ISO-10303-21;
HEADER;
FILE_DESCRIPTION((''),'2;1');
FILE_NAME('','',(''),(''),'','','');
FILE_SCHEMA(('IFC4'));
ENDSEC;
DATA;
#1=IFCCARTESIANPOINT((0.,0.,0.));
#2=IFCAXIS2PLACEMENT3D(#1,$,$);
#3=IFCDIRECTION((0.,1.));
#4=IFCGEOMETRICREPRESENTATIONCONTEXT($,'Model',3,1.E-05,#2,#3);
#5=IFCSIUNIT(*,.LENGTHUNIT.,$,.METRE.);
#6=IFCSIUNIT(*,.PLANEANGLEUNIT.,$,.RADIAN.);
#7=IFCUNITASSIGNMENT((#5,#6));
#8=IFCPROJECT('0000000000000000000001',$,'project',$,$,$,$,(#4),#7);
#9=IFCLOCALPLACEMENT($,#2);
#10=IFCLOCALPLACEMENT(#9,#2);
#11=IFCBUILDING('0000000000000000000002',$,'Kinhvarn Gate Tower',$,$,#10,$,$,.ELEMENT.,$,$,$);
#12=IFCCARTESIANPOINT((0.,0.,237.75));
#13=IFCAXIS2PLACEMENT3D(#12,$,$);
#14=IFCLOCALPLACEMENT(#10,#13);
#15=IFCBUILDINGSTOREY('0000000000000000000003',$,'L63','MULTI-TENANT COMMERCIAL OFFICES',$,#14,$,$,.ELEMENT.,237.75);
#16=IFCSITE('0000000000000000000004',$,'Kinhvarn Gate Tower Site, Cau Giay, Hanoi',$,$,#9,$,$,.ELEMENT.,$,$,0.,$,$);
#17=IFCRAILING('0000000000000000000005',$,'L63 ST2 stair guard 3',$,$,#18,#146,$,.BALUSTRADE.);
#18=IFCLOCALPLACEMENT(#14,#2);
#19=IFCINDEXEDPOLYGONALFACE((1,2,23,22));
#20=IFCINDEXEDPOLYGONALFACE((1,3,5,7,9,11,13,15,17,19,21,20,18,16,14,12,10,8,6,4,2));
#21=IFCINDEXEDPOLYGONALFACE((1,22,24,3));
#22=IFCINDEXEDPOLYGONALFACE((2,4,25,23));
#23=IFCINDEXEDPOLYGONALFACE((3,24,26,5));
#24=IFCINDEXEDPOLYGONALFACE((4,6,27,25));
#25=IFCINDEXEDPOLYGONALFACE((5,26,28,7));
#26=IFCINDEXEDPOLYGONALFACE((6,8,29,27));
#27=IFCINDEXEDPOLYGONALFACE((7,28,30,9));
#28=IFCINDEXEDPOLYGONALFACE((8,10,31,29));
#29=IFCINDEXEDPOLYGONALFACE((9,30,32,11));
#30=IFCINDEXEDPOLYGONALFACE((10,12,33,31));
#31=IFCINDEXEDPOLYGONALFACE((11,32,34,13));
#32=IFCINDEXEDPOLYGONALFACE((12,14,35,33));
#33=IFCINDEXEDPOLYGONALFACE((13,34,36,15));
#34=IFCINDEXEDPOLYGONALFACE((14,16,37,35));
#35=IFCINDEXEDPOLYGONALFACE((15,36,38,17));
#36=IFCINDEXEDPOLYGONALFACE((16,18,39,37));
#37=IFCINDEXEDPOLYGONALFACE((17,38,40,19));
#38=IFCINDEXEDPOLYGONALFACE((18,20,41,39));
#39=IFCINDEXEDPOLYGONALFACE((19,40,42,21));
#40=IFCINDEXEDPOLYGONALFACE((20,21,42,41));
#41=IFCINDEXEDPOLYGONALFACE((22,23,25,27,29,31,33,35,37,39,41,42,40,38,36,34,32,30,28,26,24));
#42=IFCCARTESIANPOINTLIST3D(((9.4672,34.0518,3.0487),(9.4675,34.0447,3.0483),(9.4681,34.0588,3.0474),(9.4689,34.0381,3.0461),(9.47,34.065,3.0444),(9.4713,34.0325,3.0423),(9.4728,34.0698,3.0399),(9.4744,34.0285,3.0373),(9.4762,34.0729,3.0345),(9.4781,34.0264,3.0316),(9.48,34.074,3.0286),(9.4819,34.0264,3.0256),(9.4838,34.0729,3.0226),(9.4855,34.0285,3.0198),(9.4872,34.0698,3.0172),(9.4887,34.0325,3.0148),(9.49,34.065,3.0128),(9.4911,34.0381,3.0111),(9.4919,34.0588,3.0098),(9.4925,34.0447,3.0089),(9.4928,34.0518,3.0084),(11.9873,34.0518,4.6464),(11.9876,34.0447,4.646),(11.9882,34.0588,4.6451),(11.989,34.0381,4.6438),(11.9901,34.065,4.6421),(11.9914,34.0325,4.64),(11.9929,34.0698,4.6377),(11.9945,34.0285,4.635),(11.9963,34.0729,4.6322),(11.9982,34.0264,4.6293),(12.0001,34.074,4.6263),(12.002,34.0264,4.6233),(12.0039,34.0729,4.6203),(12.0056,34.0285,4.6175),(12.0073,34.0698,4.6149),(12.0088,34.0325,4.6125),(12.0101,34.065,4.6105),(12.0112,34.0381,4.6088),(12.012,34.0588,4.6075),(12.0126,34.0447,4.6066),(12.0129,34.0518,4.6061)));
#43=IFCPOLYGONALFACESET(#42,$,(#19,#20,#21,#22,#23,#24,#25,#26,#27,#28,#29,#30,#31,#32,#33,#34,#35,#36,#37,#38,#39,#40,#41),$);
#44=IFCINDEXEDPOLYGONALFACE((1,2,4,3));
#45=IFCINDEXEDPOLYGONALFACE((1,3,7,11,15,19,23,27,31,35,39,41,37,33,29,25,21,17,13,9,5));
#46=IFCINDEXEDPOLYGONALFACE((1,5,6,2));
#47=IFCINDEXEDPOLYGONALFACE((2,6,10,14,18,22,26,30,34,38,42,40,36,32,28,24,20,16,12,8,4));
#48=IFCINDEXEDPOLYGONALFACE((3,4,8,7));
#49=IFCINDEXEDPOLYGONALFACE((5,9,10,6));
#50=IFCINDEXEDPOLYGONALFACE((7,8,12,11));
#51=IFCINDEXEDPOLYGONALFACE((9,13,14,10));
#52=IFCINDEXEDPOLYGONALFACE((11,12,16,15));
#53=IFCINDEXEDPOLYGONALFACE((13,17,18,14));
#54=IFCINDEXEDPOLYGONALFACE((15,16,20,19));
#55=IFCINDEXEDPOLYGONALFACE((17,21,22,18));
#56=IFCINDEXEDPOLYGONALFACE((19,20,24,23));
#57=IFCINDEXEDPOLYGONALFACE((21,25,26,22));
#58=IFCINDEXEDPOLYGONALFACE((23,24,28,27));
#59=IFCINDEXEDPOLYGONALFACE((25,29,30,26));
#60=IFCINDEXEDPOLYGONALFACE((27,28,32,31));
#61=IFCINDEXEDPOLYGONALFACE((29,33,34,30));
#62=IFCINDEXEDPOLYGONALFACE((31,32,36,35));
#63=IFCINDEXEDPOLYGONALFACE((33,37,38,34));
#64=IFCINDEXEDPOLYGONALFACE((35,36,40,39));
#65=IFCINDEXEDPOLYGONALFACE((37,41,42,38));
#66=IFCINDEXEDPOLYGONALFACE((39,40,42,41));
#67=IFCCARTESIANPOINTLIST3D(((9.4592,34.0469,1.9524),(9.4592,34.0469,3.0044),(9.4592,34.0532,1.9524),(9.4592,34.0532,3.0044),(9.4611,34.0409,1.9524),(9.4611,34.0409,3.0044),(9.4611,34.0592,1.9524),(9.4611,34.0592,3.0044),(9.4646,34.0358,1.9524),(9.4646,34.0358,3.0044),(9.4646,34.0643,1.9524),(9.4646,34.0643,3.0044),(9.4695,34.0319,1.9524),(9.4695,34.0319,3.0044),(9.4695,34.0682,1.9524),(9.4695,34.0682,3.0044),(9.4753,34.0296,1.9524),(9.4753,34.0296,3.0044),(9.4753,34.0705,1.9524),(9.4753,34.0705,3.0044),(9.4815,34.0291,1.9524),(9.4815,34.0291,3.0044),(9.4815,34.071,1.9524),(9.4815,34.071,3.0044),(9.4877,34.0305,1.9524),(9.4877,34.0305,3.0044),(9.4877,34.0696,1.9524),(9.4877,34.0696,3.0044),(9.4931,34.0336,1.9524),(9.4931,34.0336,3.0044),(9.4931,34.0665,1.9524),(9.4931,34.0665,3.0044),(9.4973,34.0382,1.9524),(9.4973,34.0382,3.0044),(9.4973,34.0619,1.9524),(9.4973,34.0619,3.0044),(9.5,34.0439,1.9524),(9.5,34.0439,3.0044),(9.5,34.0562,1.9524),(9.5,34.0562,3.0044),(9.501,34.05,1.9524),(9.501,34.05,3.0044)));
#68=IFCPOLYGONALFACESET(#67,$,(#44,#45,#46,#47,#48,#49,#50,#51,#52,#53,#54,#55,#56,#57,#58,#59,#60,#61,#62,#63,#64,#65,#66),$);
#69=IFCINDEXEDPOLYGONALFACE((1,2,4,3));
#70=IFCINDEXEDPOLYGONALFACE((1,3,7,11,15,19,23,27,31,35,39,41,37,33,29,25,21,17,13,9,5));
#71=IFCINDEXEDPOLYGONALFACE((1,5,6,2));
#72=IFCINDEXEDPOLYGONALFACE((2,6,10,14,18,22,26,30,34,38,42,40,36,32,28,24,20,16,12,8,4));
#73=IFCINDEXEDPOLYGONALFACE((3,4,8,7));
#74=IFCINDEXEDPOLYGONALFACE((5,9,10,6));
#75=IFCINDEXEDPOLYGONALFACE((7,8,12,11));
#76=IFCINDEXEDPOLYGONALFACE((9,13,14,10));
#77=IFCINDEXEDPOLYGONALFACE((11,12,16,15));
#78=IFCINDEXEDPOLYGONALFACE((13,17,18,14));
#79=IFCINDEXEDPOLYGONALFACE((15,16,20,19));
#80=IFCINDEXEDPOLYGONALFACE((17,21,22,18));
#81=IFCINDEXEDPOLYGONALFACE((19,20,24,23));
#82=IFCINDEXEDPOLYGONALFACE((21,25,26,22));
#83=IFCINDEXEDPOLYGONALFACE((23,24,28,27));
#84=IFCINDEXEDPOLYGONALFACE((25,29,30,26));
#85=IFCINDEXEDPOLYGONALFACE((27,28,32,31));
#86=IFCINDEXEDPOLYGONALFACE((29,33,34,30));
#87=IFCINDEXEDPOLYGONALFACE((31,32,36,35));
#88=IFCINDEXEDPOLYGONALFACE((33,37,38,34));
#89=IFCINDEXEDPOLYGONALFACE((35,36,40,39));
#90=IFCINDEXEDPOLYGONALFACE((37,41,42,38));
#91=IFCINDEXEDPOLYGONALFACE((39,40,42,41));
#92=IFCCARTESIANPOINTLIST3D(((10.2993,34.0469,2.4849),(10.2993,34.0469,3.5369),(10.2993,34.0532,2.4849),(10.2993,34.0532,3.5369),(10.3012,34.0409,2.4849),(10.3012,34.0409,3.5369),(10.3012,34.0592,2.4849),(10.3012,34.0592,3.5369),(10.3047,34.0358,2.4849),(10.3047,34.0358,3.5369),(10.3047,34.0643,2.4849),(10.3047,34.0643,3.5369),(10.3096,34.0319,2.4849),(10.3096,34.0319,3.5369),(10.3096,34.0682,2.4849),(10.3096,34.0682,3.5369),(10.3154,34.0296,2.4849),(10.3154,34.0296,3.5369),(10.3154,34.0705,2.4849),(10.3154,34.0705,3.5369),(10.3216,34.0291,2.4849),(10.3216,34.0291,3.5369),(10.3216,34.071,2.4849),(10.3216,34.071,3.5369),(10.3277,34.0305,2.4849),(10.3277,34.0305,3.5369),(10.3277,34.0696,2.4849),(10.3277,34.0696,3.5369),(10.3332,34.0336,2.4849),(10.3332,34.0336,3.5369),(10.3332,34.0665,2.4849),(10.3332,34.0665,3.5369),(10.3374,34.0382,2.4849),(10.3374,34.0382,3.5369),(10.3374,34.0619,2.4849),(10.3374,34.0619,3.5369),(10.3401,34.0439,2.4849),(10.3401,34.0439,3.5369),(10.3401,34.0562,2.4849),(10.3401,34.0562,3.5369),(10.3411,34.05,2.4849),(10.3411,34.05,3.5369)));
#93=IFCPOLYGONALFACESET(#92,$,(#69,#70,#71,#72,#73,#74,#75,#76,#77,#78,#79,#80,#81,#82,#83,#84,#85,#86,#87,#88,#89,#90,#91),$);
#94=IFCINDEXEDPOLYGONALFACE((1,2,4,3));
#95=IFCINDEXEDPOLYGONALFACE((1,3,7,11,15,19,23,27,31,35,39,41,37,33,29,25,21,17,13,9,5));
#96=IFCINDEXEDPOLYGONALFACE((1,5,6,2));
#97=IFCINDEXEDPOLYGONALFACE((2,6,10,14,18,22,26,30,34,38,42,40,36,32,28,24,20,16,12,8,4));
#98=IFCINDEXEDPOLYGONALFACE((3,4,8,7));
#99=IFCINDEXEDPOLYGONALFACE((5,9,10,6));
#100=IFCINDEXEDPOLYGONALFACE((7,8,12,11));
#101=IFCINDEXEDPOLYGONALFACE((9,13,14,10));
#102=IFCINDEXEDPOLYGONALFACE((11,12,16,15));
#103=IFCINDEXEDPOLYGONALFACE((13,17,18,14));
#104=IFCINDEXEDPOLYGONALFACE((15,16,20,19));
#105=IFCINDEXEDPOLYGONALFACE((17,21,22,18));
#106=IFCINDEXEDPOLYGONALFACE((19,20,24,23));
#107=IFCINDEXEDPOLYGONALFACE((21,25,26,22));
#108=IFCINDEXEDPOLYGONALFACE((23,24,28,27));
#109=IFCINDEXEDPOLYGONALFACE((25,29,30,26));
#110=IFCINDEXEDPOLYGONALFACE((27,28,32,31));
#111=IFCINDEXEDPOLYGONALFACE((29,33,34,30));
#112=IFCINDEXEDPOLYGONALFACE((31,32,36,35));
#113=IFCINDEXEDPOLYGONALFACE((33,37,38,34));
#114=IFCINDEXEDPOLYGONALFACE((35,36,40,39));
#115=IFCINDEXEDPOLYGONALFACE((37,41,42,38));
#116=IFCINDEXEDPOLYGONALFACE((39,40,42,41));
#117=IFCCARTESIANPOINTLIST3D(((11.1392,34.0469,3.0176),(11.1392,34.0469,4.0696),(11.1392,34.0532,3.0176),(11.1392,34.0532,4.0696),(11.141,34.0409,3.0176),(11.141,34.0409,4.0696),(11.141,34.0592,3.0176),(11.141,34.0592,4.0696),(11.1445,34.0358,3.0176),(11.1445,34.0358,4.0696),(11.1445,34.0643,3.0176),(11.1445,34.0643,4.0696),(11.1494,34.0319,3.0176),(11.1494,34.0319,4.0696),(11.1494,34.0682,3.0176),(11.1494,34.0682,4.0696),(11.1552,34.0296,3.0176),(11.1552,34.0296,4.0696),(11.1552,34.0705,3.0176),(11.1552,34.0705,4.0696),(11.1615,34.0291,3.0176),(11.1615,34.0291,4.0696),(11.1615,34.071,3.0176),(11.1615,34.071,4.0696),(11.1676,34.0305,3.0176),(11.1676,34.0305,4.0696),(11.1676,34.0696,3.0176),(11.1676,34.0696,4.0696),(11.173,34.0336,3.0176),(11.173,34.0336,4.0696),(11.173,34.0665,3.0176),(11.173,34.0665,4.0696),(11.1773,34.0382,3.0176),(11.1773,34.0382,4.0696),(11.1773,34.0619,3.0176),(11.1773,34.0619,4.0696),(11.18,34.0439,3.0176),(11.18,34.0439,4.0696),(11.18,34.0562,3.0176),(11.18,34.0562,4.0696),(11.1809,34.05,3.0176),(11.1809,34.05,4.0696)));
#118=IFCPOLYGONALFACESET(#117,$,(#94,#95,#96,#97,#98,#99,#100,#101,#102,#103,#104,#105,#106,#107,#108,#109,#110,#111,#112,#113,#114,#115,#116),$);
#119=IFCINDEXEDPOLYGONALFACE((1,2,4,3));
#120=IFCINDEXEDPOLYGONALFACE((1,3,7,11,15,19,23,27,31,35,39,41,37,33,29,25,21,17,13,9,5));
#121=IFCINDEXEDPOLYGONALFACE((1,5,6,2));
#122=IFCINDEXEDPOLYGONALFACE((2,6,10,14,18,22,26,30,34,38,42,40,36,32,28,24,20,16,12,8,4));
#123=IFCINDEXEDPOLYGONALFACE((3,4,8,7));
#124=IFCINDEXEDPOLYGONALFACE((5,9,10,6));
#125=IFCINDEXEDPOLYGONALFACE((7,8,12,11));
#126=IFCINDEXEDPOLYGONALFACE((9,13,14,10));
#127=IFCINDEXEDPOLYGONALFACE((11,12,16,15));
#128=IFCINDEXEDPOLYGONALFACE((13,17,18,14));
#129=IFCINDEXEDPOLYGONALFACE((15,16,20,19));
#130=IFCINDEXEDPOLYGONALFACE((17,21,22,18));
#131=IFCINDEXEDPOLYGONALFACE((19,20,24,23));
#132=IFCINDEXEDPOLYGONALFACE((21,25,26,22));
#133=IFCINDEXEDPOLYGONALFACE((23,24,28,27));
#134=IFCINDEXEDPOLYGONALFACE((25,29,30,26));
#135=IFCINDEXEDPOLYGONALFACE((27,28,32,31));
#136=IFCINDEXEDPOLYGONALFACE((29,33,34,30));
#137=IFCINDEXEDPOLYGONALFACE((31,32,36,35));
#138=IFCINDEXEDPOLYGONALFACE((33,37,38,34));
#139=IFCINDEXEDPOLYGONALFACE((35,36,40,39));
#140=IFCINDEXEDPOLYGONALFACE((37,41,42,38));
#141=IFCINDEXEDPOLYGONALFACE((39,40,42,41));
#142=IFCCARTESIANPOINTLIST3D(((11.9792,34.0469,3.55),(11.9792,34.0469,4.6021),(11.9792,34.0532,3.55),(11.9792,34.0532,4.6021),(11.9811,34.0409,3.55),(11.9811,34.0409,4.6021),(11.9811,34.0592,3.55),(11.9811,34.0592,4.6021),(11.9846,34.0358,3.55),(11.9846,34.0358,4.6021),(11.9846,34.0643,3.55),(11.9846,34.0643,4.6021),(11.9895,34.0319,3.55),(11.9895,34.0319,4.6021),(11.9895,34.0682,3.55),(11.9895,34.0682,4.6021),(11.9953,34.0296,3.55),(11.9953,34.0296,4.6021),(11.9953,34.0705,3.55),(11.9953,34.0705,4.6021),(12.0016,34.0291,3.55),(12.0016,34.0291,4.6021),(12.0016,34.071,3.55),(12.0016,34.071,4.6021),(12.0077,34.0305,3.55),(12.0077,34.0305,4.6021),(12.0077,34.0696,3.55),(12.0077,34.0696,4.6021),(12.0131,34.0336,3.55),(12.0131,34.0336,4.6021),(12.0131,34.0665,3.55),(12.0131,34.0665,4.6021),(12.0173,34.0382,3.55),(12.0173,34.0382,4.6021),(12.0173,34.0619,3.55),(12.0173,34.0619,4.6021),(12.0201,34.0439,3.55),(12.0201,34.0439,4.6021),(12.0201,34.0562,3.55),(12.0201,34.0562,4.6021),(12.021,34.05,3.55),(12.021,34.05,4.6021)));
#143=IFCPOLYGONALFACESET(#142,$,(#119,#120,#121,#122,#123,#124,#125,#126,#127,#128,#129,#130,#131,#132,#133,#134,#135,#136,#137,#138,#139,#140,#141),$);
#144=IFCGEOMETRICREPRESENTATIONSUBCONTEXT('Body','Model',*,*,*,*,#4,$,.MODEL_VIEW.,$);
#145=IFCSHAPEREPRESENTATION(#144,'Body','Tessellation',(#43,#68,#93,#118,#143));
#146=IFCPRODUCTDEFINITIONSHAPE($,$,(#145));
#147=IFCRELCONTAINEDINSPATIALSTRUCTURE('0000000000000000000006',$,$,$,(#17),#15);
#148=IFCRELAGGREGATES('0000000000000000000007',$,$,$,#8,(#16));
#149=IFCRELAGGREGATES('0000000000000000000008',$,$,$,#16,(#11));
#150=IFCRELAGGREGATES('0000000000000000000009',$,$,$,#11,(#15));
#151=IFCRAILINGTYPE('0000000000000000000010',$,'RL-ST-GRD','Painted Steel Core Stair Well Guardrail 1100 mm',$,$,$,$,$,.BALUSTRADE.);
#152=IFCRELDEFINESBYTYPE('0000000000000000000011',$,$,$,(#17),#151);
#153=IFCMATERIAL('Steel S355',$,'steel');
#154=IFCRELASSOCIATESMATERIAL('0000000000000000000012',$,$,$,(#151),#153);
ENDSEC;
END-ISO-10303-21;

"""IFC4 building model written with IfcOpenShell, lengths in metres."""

from ifc_helpers import new_model, si_unit, direction, frame, origin, origin_2d, place, context, subcontext, project, spatial, circle, extrude, material, type_object, element, save


model = new_model("IFC4")

# Units and contexts
model_context = context("Model", 3, precision=1e-05, world=origin(), true_north=direction((0.0, 1.0)))
body_context = subcontext(model_context, "Body", "Model", "MODEL_VIEW")
ifc_project = project(units=[si_unit("LENGTHUNIT", "METRE"), si_unit("PLANEANGLEUNIT", "RADIAN")], contexts=[model_context])

# Site, building, storey
site_placement = place(None, origin())
site = spatial("IfcSite", under=ifc_project, at=site_placement, Name="Kinhvarn Gate Tower Site, Cau Giay, Hanoi", CompositionType="ELEMENT", RefElevation=0.0)
building_placement = place(site_placement, origin())
building = spatial("IfcBuilding", under=site, at=building_placement, Name="Kinhvarn Gate Tower", CompositionType="ELEMENT")
storey_placement = place(building_placement, frame((0.0, 0.0, 237.75)))
storey = spatial("IfcBuildingStorey", under=building, at=storey_placement, Name="L63", Description="MULTI-TENANT COMMERCIAL OFFICES", CompositionType="ELEMENT", Elevation=237.75)

# Railing
ifc_material_1 = material(Name="Steel S355", Category="steel")
railing_type_1 = type_object("IfcRailingType", Name="RL-ST-GRD", Description="Painted Steel Core Stair Well Guardrail 1100 mm", PredefinedType="BALUSTRADE", material=ifc_material_1)
railing_1_placement = place(storey_placement, frame((9.48, 34.05, 1.9524)))
element("IfcRailing", 1, at=railing_1_placement, inside=storey, type_object=railing_type_1, Name="L63 ST2 stair guard 3", PredefinedType="BALUSTRADE", context=body_context, shape_type="SweptSolid", body=[
    extrude(circle(Radius=0.0239, at=origin_2d()), frame((0.0, 0.0, 1.0762), z_axis=(0.84457, 0.0, 0.535445), x_axis=(0.0, 1.0, 0.0)), (0.0, 0.0, 1.0), 2.9839),
    extrude(circle(Radius=0.021, at=origin_2d()), origin(), (0.0, 0.0, 1.0), 1.052),
    extrude(circle(Radius=0.021, at=origin_2d()), frame((0.8401, 0.0, 0.5325)), (0.0, 0.0, 1.0), 1.052),
    extrude(circle(Radius=0.021, at=origin_2d()), frame((1.6799, 0.0, 1.0652)), (0.0, 0.0, 1.0), 1.052),
    extrude(circle(Radius=0.021, at=origin_2d()), frame((2.52, 0.0, 1.5977)), (0.0, 0.0, 1.0), 1.052),
])

save(model, "model.ifc")
